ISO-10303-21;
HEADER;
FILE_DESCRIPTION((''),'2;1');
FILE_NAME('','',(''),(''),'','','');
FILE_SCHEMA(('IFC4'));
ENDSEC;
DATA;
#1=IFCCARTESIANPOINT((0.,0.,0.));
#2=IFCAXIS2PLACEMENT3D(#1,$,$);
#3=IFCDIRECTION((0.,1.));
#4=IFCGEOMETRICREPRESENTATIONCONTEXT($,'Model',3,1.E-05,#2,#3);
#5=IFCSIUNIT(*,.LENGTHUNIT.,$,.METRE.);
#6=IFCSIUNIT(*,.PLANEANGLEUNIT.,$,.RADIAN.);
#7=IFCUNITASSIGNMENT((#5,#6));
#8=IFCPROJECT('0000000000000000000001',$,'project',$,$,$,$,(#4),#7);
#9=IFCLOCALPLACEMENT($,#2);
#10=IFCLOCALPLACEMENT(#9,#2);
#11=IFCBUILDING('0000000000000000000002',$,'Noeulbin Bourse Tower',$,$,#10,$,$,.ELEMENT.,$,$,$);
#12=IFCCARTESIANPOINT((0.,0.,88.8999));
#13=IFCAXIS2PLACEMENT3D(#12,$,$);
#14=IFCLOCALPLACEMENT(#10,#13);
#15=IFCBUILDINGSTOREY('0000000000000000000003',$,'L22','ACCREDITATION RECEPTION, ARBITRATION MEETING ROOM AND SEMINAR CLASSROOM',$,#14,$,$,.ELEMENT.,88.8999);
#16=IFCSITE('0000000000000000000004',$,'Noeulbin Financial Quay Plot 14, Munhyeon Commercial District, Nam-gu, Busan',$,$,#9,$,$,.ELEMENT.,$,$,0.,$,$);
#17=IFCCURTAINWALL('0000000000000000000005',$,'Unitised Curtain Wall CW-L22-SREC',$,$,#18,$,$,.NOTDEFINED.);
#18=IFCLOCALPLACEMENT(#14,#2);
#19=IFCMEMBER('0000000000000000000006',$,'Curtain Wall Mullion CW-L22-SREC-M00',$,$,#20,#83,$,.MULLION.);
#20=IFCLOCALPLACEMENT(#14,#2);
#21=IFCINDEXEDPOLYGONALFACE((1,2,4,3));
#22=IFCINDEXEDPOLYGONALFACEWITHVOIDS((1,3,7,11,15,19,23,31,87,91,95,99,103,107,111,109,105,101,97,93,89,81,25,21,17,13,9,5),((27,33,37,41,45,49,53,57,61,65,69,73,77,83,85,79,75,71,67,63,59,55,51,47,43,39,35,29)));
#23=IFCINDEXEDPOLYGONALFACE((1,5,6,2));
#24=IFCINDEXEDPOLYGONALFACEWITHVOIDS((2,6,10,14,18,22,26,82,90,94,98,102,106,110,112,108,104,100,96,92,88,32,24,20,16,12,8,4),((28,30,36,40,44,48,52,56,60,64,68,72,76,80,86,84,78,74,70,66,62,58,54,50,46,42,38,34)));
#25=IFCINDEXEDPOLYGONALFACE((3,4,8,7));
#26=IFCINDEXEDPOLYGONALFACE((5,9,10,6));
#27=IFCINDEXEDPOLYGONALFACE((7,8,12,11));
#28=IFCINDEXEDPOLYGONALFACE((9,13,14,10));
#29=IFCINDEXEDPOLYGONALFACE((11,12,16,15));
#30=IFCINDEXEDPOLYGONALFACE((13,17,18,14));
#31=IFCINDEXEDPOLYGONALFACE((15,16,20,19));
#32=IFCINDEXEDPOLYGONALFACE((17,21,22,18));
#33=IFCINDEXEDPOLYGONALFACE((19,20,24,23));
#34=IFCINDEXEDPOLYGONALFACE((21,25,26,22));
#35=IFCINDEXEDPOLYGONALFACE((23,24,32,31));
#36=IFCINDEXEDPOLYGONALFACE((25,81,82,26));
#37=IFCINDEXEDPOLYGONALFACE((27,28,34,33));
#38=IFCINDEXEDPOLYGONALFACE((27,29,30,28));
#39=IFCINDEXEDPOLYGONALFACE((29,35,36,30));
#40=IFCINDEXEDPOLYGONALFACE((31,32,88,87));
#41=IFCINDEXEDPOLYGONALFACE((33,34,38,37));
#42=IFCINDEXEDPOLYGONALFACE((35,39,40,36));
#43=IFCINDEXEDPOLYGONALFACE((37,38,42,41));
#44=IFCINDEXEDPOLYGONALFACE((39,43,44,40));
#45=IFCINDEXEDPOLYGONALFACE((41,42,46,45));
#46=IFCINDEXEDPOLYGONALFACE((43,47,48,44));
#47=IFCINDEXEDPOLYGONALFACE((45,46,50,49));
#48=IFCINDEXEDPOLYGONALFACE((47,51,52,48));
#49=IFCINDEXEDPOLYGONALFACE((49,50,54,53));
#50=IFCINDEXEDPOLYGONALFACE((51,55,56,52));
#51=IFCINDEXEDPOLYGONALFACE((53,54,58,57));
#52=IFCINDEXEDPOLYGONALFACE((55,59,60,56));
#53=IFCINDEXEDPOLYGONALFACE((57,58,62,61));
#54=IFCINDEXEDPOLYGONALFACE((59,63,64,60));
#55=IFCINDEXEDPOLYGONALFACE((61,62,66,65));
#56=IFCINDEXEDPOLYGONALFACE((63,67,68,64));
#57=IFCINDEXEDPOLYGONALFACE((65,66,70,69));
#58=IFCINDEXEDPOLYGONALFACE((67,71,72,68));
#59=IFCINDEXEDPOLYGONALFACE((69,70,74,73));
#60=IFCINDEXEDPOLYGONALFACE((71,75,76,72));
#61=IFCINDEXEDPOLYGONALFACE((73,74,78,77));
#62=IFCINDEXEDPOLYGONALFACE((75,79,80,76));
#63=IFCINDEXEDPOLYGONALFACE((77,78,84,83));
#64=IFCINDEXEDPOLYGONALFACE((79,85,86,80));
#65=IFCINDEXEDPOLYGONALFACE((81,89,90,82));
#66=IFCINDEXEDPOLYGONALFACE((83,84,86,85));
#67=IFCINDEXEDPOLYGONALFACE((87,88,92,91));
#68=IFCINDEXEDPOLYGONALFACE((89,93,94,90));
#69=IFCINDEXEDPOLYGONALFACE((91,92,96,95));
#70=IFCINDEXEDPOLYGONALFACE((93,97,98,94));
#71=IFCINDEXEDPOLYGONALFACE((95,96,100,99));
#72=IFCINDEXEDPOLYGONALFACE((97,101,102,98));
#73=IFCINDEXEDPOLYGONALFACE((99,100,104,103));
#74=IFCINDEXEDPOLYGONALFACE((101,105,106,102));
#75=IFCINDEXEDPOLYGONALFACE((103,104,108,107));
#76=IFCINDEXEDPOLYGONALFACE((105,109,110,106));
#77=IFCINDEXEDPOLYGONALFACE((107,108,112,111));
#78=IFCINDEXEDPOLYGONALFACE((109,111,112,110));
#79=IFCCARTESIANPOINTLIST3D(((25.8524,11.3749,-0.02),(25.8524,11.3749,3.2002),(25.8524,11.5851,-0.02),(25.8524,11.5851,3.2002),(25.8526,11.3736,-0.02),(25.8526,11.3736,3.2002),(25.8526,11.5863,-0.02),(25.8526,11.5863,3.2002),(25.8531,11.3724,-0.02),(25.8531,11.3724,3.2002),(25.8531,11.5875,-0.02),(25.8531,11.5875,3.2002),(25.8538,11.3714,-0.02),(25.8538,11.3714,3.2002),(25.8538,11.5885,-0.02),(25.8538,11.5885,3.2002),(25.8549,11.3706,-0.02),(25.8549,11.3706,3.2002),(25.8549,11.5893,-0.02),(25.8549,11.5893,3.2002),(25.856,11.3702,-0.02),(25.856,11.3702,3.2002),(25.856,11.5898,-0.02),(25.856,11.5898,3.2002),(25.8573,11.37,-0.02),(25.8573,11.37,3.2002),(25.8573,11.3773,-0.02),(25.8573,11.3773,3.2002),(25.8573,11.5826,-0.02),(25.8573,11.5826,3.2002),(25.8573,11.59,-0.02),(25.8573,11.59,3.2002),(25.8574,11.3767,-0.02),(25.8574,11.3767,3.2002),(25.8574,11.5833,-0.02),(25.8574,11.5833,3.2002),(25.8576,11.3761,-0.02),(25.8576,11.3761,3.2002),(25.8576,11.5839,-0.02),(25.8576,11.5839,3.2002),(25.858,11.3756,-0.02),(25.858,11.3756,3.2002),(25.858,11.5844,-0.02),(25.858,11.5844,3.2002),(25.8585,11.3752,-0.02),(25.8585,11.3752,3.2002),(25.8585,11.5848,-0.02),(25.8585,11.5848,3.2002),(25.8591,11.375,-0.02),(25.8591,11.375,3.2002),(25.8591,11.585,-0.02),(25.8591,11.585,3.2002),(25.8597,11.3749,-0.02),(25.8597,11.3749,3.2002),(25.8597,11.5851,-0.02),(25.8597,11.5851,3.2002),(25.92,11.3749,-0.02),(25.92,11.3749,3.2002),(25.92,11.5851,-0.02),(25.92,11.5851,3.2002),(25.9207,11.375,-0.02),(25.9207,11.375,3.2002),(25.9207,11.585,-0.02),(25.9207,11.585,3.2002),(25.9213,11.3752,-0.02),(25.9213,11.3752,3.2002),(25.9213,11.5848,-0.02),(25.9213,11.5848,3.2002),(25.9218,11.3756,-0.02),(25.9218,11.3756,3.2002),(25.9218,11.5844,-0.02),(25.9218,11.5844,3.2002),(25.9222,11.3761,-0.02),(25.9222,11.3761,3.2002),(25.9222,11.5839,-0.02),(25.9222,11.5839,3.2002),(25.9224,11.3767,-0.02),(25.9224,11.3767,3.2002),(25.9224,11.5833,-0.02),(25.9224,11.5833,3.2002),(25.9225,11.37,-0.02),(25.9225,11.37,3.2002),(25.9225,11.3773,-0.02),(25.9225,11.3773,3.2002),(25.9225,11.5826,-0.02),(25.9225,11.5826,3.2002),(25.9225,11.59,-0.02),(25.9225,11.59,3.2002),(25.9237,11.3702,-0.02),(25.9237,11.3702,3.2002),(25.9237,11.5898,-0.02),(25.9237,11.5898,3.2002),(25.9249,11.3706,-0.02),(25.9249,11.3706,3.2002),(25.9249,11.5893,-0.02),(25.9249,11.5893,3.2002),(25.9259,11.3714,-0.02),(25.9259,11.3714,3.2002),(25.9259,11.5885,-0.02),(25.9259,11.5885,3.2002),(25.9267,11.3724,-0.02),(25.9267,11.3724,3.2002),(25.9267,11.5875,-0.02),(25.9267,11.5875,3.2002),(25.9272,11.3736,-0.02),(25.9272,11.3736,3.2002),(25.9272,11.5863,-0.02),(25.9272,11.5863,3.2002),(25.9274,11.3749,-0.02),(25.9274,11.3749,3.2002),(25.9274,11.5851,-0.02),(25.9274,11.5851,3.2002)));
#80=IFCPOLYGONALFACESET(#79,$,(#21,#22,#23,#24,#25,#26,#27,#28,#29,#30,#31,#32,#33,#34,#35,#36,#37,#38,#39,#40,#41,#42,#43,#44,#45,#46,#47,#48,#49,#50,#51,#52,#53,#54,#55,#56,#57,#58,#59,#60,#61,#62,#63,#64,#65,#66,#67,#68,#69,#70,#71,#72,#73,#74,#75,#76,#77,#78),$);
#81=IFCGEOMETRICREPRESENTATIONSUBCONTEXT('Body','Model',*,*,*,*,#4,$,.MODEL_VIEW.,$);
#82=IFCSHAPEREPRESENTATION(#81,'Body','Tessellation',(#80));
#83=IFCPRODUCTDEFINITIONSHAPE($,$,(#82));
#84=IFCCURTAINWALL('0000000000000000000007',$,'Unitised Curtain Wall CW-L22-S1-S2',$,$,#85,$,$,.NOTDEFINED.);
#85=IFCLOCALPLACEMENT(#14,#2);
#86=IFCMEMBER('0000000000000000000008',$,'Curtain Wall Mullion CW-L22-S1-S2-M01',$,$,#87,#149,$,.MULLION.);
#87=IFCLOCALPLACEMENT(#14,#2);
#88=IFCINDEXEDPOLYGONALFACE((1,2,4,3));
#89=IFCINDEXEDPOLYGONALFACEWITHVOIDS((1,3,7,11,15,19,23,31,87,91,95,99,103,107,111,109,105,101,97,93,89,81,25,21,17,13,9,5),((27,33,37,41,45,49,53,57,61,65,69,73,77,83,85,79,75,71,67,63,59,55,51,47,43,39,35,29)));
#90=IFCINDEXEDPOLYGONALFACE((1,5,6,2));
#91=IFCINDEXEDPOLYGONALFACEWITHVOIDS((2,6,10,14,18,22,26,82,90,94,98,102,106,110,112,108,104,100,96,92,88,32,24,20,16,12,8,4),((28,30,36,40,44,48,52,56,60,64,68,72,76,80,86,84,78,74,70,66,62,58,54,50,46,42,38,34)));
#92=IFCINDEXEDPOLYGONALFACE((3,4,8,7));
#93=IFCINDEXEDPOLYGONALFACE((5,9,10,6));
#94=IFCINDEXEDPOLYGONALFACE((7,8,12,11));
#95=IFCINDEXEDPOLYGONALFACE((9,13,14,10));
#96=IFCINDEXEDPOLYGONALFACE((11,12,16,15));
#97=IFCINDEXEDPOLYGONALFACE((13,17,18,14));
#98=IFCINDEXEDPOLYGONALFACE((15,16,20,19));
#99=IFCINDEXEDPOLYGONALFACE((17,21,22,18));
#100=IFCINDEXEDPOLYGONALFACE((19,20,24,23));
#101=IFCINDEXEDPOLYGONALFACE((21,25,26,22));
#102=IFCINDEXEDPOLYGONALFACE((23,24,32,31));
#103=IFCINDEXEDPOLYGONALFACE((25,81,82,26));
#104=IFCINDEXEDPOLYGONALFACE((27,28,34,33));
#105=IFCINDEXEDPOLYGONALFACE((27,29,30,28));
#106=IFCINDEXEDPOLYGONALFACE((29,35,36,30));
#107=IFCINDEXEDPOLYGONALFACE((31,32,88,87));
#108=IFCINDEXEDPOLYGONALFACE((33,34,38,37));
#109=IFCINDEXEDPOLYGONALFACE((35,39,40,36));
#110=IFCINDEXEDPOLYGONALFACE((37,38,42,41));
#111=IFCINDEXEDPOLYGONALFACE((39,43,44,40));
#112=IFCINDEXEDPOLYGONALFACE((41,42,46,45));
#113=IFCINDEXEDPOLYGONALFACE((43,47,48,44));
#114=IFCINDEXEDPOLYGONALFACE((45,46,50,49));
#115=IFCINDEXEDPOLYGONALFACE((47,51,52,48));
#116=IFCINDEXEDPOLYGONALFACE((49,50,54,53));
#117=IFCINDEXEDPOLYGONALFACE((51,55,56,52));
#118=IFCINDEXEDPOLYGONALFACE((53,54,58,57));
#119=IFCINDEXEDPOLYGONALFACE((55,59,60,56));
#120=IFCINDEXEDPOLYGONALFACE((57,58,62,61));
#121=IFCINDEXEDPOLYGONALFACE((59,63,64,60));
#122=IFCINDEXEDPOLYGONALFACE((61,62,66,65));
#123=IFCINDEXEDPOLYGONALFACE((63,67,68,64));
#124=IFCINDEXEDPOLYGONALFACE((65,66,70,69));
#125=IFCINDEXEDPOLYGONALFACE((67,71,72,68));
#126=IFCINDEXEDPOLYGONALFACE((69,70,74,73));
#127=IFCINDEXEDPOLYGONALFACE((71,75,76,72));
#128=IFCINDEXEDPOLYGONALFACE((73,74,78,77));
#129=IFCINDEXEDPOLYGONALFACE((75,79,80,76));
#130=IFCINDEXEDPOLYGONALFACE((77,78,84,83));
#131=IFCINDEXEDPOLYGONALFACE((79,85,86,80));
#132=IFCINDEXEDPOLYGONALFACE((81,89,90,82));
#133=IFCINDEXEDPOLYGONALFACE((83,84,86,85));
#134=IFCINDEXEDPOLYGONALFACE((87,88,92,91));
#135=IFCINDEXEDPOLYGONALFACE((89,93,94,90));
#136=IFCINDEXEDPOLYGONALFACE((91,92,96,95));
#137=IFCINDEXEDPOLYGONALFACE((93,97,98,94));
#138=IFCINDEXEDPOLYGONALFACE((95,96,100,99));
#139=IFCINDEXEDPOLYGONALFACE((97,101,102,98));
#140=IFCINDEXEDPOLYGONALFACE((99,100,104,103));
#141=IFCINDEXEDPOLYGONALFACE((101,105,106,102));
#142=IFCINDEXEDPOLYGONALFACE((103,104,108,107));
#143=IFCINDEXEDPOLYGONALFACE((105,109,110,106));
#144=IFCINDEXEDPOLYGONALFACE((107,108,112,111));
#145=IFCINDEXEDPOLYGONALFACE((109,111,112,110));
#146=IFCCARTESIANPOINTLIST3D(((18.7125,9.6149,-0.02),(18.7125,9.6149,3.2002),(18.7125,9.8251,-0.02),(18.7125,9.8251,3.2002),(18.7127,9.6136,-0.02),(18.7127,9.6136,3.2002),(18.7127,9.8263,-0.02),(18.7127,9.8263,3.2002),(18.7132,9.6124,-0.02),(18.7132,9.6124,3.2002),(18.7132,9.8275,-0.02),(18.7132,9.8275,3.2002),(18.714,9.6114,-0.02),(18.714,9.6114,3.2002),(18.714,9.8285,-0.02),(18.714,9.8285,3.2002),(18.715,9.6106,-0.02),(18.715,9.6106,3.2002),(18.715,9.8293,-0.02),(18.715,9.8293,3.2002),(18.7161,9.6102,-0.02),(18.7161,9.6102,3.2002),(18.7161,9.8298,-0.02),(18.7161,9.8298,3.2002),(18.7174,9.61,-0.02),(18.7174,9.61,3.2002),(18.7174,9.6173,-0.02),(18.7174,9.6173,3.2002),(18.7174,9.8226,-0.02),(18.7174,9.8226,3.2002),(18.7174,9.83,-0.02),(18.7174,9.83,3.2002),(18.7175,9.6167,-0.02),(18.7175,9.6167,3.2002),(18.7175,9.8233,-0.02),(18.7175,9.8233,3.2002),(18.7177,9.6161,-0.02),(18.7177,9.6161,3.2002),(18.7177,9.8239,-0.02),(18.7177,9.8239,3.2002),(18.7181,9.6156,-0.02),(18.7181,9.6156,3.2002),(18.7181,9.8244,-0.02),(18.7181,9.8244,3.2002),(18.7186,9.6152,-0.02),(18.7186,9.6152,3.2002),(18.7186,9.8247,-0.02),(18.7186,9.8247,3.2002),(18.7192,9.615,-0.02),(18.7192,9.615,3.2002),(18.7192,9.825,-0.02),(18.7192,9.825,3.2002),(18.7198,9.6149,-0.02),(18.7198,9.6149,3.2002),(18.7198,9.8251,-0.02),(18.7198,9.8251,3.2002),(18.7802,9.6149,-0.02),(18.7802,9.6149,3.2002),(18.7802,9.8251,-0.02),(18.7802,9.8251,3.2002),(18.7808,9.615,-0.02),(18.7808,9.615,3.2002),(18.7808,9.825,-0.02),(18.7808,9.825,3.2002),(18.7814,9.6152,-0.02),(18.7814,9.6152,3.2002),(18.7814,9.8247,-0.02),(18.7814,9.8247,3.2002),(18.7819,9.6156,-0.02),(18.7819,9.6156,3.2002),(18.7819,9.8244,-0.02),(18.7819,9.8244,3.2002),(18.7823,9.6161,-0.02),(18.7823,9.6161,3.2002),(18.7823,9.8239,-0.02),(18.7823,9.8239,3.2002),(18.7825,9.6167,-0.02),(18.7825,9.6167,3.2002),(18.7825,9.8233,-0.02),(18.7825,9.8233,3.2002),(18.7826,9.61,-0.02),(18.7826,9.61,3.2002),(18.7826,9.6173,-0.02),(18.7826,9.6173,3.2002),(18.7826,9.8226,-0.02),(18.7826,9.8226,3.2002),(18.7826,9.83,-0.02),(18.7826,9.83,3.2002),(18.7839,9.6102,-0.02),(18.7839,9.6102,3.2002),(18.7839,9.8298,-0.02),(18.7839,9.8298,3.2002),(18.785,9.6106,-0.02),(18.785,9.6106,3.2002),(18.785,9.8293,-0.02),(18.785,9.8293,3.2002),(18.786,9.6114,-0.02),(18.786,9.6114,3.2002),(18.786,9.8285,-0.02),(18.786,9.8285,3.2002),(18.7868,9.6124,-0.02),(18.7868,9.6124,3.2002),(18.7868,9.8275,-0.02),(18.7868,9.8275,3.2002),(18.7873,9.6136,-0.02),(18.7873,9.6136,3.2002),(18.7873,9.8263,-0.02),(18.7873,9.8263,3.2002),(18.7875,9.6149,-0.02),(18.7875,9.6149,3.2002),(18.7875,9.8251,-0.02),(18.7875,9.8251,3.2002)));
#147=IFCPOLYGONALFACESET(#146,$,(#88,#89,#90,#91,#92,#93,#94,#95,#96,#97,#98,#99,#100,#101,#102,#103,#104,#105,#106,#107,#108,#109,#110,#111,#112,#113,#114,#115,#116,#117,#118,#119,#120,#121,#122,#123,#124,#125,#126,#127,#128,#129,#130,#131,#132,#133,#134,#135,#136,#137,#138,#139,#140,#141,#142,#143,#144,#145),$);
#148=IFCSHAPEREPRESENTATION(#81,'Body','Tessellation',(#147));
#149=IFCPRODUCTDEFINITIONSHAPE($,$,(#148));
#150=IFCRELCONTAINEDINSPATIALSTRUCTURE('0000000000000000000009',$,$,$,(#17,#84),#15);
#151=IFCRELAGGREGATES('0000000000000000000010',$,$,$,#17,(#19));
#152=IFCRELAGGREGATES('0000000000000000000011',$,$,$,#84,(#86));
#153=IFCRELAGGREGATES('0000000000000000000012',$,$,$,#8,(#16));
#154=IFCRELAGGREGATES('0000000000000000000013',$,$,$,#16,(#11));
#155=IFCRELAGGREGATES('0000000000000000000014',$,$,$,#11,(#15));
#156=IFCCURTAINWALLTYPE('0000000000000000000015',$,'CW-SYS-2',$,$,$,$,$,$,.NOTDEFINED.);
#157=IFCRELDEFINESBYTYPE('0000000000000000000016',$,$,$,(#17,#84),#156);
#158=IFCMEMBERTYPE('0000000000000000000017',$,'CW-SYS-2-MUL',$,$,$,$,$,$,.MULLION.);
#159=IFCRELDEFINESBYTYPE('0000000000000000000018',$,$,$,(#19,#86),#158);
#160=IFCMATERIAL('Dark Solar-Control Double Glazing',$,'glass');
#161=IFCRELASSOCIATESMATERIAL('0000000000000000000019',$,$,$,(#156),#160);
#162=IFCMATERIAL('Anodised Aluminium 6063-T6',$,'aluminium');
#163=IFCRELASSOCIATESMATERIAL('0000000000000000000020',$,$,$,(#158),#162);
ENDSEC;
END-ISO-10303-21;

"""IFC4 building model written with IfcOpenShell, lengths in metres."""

from ifc_helpers import new_model, si_unit, direction, frame, origin, origin_2d, place, context, subcontext, project, spatial, hollow_rectangle, extrude, material, material_profile, profile_set, type_object, element, aggregate, save


model = new_model("IFC4")

# Units and contexts
model_context = context("Model", 3, precision=1e-05, world=origin(), true_north=direction((0.0, 1.0)))
body_context = subcontext(model_context, "Body", "Model", "MODEL_VIEW")
ifc_project = project(units=[si_unit("LENGTHUNIT", "METRE"), si_unit("PLANEANGLEUNIT", "RADIAN")], contexts=[model_context])

# Site, building, storey
site_placement = place(None, origin())
site = spatial("IfcSite", under=ifc_project, at=site_placement, Name="Noeulbin Financial Quay Plot 14, Munhyeon Commercial District, Nam-gu, Busan", CompositionType="ELEMENT", RefElevation=0.0)
building_placement = place(site_placement, origin())
building = spatial("IfcBuilding", under=site, at=building_placement, Name="Noeulbin Bourse Tower", CompositionType="ELEMENT")
storey_placement = place(building_placement, frame((0.0, 0.0, 88.8999)))
storey = spatial("IfcBuildingStorey", under=building, at=storey_placement, Name="L22", Description="ACCREDITATION RECEPTION, ARBITRATION MEETING ROOM AND SEMINAR CLASSROOM", CompositionType="ELEMENT", Elevation=88.8999)

# Curtain wall, member
ifc_material_1 = material(Name="Dark Solar-Control Double Glazing", Category="glass")
curtain_wall_type = type_object("IfcCurtainWallType", Name="CW-SYS-2", PredefinedType="NOTDEFINED", material=ifc_material_1)
curtain_wall_1_placement = place(storey_placement, origin())
curtain_wall_1 = element("IfcCurtainWall", 1, at=curtain_wall_1_placement, inside=storey, type_object=curtain_wall_type, Name="Unitised Curtain Wall CW-L22-SREC", PredefinedType="NOTDEFINED")
ifc_material_2 = material(Name="Anodised Aluminium 6063-T6", Category="aluminium")
ifc_material_profile_1 = material_profile(ifc_material_2, hollow_rectangle(XDim=0.075, YDim=0.22, WallThickness=0.0049, InnerFilletRadius=0.0024, OuterFilletRadius=0.0049, at=origin_2d()), Name="ALU-MULL-75x220x5", Category="LoadBearing")
ifc_profile_set_1 = profile_set([ifc_material_profile_1], Name="Anodised Aluminium 6063-T6")
member_type_1 = type_object("IfcMemberType", Name="CW-SYS-2-MUL", PredefinedType="MULLION", material=ifc_profile_set_1)
member_1_placement = place(storey_placement, frame((25.8899, 11.48, -0.02), z_axis=(0.0, 0.0, 1.0), x_axis=(1.0, 0.0, 0.0)))
member_1 = element("IfcMember", 2, at=member_1_placement, type_object=member_type_1, Name="Curtain Wall Mullion CW-L22-SREC-M00", PredefinedType="MULLION", context=body_context, shape_type="SweptSolid", body=[
    extrude(hollow_rectangle(XDim=0.075, YDim=0.22, WallThickness=0.0049, InnerFilletRadius=0.0024, OuterFilletRadius=0.0049, at=origin_2d()), origin(), (0.0, 0.0, 1.0), 3.2202),
])

# Curtain wall, member
curtain_wall_2_placement = place(storey_placement, origin())
curtain_wall_2 = element("IfcCurtainWall", 3, at=curtain_wall_2_placement, inside=storey, type_object=curtain_wall_type, Name="Unitised Curtain Wall CW-L22-S1-S2", PredefinedType="NOTDEFINED")
member_2_placement = place(storey_placement, frame((18.75, 9.72, -0.02), z_axis=(0.0, 0.0, 1.0), x_axis=(1.0, 0.0, 0.0)))
member_2 = element("IfcMember", 4, at=member_2_placement, type_object=member_type_1, Name="Curtain Wall Mullion CW-L22-S1-S2-M01", PredefinedType="MULLION", context=body_context, shape_type="SweptSolid", body=[
    extrude(hollow_rectangle(XDim=0.075, YDim=0.22, WallThickness=0.0049, InnerFilletRadius=0.0024, OuterFilletRadius=0.0049, at=origin_2d()), origin(), (0.0, 0.0, 1.0), 3.2202),
])

aggregate(curtain_wall_1, [member_1])

aggregate(curtain_wall_2, [member_2])

save(model, "model.ifc")
